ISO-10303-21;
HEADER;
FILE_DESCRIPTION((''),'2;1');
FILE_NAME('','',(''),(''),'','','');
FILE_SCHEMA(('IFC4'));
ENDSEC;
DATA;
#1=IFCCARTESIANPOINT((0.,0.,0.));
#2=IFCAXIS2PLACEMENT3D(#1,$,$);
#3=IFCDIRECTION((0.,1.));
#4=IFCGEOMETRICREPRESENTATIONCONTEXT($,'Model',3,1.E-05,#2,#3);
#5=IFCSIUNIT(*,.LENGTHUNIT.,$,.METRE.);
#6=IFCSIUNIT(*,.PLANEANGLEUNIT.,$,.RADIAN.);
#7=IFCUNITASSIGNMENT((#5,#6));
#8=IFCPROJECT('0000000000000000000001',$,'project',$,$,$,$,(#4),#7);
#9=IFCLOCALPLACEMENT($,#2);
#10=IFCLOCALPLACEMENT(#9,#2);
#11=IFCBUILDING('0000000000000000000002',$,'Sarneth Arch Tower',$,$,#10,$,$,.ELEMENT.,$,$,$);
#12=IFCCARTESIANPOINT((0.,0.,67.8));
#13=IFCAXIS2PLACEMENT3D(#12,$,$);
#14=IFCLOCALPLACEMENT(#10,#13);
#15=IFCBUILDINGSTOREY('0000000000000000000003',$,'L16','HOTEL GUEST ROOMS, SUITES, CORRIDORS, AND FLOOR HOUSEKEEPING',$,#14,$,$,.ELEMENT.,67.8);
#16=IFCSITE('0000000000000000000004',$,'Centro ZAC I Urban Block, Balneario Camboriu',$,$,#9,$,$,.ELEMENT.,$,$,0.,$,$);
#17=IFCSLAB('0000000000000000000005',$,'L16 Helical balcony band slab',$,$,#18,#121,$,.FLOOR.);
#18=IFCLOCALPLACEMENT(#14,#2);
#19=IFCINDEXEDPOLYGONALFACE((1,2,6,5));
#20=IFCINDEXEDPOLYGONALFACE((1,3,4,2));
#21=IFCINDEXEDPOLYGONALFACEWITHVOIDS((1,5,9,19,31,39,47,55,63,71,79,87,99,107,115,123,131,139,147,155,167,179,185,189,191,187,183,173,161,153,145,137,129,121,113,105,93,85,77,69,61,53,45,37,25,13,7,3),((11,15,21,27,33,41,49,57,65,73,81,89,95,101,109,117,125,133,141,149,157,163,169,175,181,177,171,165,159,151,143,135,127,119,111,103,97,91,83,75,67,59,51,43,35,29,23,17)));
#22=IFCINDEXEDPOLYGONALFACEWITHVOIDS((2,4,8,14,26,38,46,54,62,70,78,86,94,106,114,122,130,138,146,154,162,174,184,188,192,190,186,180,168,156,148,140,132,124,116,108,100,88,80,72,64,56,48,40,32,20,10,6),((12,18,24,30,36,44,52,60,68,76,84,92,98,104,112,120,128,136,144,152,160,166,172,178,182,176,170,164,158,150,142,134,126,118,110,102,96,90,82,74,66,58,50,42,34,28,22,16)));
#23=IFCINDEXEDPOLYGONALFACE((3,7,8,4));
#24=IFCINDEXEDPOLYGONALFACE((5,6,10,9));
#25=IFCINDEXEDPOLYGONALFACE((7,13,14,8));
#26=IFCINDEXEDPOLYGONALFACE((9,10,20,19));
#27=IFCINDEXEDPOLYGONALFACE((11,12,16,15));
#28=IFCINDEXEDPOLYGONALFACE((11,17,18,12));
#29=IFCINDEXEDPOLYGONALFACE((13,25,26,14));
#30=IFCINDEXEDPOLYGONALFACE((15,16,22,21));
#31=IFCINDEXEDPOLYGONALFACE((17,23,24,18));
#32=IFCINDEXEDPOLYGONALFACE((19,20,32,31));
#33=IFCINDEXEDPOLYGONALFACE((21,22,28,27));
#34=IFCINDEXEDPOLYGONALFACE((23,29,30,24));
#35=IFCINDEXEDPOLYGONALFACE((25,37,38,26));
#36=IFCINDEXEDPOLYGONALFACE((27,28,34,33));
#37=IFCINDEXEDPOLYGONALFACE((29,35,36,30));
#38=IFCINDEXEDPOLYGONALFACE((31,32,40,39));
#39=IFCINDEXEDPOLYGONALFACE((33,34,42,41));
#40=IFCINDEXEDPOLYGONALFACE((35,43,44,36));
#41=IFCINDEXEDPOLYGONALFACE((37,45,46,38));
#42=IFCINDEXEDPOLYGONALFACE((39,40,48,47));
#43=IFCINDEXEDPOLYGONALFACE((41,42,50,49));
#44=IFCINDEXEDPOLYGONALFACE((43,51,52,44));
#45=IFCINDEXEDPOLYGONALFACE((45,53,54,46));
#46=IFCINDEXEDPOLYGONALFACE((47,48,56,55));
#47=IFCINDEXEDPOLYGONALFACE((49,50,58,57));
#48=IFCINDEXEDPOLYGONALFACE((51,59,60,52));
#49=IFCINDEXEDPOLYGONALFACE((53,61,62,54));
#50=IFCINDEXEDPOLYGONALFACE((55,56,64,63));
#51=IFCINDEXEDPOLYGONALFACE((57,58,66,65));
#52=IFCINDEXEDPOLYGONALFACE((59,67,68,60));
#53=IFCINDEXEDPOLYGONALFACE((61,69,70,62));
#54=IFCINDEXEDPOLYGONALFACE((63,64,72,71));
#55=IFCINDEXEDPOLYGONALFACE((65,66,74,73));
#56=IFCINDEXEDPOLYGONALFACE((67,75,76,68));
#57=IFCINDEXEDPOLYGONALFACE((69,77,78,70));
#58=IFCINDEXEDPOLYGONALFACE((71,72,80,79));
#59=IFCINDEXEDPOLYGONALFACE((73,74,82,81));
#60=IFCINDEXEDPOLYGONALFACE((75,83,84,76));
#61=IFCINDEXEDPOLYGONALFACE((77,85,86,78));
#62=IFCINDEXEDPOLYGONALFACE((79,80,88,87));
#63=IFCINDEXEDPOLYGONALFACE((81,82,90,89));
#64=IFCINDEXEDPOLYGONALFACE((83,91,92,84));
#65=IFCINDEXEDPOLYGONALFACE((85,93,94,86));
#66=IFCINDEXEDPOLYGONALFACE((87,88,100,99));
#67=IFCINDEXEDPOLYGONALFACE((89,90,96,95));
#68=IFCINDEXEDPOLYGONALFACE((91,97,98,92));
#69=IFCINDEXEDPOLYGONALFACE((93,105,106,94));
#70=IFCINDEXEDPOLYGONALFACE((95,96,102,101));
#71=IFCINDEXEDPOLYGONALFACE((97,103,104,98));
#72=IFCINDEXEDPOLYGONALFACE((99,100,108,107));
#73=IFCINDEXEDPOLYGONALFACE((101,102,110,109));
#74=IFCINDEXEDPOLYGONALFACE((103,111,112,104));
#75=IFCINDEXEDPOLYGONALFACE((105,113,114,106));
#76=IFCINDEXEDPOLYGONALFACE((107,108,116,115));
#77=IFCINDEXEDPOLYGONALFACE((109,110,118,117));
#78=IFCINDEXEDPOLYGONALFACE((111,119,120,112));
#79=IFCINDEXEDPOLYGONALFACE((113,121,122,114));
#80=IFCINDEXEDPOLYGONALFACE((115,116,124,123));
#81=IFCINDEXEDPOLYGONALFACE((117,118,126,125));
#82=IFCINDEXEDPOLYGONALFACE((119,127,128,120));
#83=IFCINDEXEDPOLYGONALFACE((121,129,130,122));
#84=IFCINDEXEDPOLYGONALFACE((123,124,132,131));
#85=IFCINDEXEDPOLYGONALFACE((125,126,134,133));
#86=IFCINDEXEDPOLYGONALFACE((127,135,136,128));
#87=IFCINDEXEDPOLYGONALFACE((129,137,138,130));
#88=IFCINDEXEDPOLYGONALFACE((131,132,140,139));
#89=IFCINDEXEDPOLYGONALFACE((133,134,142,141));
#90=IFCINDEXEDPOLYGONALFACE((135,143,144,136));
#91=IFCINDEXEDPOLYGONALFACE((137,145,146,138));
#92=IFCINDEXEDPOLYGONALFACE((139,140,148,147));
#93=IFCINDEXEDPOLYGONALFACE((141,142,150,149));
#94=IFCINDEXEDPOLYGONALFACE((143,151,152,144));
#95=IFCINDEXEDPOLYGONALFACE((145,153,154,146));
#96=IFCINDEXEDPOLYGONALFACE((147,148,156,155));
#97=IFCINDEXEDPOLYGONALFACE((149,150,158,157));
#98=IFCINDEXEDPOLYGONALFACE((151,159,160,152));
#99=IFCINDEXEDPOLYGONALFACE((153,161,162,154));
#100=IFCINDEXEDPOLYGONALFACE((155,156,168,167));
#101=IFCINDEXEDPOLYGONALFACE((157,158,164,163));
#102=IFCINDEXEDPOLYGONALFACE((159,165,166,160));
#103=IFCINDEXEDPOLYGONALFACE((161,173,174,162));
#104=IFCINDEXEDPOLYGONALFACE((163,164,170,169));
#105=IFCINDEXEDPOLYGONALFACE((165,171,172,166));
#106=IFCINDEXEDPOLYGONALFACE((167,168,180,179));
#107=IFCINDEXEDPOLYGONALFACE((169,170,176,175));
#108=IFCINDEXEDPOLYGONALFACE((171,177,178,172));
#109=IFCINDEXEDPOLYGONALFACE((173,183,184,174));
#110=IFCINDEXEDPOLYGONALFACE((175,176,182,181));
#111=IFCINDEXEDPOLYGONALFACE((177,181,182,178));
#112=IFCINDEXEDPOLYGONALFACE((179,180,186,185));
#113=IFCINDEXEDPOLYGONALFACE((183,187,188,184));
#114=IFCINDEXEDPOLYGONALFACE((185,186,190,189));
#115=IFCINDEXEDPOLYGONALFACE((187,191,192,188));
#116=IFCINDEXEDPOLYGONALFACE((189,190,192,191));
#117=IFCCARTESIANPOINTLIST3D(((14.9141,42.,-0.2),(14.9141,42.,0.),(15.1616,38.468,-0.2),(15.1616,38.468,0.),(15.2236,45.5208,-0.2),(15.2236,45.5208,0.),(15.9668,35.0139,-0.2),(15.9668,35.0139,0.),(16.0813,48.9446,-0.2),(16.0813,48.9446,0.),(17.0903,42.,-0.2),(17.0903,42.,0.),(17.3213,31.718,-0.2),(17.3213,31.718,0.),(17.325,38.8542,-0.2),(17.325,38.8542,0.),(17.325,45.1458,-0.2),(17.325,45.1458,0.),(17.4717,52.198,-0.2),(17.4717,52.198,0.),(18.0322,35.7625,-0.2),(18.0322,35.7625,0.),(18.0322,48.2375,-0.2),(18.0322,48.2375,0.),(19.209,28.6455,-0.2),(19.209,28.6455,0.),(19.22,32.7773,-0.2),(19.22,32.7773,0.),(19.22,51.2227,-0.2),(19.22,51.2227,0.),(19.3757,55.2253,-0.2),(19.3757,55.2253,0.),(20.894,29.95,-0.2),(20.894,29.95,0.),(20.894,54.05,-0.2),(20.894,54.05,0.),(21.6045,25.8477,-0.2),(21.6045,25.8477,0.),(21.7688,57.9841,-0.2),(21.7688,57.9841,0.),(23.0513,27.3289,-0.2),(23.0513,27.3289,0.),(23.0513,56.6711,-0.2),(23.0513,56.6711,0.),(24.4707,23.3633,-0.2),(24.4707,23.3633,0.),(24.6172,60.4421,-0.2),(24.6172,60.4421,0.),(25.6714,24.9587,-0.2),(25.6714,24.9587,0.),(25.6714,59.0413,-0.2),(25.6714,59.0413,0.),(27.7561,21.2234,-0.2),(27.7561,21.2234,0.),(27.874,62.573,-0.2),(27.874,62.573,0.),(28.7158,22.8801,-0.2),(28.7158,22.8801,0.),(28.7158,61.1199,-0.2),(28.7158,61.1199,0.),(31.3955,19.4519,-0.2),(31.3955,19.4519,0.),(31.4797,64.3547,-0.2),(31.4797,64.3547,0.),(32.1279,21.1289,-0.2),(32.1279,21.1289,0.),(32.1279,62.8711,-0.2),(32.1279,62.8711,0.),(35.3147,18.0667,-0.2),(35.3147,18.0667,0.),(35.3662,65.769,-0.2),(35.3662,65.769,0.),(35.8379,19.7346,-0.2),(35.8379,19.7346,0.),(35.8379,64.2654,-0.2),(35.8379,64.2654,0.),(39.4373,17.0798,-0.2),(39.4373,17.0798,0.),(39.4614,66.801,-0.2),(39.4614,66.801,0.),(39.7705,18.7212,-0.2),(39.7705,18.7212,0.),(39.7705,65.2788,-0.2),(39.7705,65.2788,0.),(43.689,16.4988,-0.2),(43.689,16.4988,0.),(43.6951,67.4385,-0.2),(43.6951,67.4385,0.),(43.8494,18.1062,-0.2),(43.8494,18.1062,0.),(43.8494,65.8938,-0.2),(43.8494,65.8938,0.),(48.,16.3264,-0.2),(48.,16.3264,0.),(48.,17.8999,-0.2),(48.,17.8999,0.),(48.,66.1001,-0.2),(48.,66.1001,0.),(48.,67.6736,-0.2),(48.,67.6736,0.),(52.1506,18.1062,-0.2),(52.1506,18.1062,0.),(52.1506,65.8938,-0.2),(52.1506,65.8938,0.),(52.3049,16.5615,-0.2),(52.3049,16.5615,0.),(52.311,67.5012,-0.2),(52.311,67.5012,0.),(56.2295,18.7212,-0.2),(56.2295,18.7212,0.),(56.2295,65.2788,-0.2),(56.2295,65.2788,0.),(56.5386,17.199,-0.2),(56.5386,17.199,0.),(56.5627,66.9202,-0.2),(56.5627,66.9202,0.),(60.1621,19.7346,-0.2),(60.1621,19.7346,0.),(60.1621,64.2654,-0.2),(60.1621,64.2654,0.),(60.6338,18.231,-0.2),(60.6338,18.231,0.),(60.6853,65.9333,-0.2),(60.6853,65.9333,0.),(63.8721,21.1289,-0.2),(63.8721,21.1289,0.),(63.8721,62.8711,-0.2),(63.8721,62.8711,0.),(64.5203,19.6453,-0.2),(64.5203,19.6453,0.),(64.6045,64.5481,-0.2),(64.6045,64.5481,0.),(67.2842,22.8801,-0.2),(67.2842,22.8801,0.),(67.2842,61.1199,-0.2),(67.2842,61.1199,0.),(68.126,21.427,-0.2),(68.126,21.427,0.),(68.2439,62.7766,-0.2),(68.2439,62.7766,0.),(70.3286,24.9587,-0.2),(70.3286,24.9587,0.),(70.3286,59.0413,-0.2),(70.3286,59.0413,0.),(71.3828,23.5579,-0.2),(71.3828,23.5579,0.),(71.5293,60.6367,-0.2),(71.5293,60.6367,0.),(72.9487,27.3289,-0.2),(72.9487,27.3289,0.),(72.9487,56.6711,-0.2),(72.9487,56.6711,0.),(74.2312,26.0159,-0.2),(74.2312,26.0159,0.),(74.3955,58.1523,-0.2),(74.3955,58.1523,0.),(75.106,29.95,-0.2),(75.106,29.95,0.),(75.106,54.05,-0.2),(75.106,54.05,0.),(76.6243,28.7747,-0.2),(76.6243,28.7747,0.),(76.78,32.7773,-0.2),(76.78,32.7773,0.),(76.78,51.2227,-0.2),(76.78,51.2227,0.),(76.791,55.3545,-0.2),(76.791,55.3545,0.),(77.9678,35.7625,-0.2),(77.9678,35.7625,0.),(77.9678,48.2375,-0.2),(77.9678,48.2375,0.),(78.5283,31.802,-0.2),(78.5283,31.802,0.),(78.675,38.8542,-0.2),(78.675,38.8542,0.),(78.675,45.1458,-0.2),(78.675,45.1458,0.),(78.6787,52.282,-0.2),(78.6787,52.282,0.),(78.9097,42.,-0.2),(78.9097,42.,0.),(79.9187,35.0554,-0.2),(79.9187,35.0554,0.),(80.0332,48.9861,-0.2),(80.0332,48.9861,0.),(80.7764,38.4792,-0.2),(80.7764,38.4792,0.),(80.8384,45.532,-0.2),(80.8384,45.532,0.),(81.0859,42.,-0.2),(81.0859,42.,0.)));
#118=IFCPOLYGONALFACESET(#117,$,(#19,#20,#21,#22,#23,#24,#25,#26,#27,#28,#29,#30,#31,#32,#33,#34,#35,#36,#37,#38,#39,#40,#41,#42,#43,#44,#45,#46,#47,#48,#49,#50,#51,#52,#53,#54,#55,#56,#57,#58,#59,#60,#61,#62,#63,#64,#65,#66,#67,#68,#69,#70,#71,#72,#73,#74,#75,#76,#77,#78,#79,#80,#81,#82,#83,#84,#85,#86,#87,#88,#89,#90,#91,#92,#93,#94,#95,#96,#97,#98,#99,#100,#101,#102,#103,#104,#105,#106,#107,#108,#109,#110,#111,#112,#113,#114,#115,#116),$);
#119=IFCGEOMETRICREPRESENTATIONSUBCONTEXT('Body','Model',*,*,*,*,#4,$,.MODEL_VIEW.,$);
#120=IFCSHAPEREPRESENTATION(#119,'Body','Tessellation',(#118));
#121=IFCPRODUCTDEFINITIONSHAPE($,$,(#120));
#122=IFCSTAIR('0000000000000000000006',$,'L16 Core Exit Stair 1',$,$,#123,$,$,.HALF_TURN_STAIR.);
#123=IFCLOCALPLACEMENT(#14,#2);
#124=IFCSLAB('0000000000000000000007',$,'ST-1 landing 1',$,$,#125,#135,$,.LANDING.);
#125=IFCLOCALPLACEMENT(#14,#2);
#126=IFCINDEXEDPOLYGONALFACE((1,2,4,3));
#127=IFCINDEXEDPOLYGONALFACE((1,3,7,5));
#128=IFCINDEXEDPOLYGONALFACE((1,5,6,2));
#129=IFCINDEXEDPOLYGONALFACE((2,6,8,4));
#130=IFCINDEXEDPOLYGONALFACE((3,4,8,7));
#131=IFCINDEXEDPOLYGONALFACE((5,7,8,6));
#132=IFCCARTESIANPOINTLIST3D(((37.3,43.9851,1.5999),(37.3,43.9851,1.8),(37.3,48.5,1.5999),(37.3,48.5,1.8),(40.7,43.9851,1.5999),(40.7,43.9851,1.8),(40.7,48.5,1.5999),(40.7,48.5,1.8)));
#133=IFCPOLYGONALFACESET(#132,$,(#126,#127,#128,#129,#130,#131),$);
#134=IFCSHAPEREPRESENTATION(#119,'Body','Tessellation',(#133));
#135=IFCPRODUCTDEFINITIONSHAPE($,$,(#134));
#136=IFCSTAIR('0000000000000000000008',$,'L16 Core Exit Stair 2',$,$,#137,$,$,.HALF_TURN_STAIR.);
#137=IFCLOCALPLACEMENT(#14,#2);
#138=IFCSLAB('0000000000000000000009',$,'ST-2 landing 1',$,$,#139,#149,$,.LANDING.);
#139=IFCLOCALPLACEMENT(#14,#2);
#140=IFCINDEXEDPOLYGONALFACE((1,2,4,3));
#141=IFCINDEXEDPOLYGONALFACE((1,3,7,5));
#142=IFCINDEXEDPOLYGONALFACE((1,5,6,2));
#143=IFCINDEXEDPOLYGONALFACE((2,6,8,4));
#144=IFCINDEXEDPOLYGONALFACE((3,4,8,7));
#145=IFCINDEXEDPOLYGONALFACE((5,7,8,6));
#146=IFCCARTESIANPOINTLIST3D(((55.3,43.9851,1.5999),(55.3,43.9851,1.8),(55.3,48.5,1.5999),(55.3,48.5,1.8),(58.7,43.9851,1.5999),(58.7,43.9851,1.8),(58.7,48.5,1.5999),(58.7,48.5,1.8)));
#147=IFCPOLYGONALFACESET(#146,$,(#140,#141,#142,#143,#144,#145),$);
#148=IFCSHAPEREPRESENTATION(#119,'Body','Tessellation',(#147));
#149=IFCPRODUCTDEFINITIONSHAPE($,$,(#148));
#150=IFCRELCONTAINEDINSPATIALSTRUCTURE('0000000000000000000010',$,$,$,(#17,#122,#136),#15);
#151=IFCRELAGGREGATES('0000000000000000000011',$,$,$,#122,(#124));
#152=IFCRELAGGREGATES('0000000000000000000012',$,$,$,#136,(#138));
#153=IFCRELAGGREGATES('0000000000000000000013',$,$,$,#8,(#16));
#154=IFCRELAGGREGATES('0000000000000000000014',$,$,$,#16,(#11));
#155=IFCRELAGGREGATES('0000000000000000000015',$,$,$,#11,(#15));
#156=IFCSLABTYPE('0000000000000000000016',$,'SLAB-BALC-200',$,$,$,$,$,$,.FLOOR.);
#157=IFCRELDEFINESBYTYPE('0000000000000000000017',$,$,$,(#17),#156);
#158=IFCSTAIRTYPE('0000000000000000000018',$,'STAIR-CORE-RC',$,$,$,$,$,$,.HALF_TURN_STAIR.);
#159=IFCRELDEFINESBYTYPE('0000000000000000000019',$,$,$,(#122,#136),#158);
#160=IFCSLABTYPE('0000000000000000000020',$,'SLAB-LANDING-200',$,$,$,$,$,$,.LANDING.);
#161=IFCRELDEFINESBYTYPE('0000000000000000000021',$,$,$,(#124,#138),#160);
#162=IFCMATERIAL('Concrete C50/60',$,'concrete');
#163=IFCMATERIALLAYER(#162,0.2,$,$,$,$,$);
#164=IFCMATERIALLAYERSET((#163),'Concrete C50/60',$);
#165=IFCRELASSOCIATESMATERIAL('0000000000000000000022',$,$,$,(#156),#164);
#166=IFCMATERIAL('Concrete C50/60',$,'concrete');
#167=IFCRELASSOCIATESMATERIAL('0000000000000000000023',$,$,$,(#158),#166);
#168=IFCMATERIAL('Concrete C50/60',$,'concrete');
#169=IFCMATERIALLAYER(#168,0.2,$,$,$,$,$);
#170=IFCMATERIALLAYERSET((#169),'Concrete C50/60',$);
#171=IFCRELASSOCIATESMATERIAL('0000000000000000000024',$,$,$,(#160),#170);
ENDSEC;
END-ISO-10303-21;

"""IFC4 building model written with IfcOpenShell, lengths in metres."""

from ifc_helpers import new_model, si_unit, direction, frame, origin, place, context, subcontext, project, spatial, polyline, outline, extrude, material, layer, layer_set, type_object, element, aggregate, save


model = new_model("IFC4")

# Units and contexts
model_context = context("Model", 3, precision=1e-05, world=origin(), true_north=direction((0.0, 1.0)))
body_context = subcontext(model_context, "Body", "Model", "MODEL_VIEW")
ifc_project = project(units=[si_unit("LENGTHUNIT", "METRE"), si_unit("PLANEANGLEUNIT", "RADIAN")], contexts=[model_context])

# Site, building, storey
site_placement = place(None, origin())
site = spatial("IfcSite", under=ifc_project, at=site_placement, Name="Centro ZAC I Urban Block, Balneario Camboriu", CompositionType="ELEMENT", RefElevation=0.0)
building_placement = place(site_placement, origin())
building = spatial("IfcBuilding", under=site, at=building_placement, Name="Sarneth Arch Tower", CompositionType="ELEMENT")
storey_placement = place(building_placement, frame((0.0, 0.0, 67.8)))
storey = spatial("IfcBuildingStorey", under=building, at=storey_placement, Name="L16", Description="HOTEL GUEST ROOMS, SUITES, CORRIDORS, AND FLOOR HOUSEKEEPING", CompositionType="ELEMENT", Elevation=67.8)

# Slab
ifc_material_1 = material(Name="Concrete C50/60", Category="concrete")
ifc_layer_1 = layer(ifc_material_1, 0.2)
ifc_layer_set_1 = layer_set([ifc_layer_1], Name="Concrete C50/60")
slab_type_1 = type_object("IfcSlabType", Name="SLAB-BALC-200", PredefinedType="FLOOR", material=ifc_layer_set_1)
slab_1_placement = place(storey_placement, frame((0.0, 0.0, -0.2)))
element("IfcSlab", 1, at=slab_1_placement, inside=storey, type_object=slab_type_1, Name="L16 Helical balcony band slab", PredefinedType="FLOOR", context=body_context, shape_type="SweptSolid", body=[
    extrude(outline(polyline([(81.0859, 42.0), (80.8384, 45.532), (80.0332, 48.9861), (78.6787, 52.282), (76.791, 55.3545), (74.3955, 58.1523), (71.5293, 60.6367), (68.2439, 62.7766), (64.6045, 64.5481), (60.6853, 65.9333), (56.5627, 66.9202), (52.311, 67.5012), (48.0, 67.6736), (43.6951, 67.4385), (39.4614, 66.801), (35.3662, 65.769), (31.4797, 64.3547), (27.874, 62.573), (24.6172, 60.4421), (21.7688, 57.9841), (19.3757, 55.2253), (17.4717, 52.198), (16.0813, 48.9446), (15.2236, 45.5208), (14.9141, 42.0), (15.1616, 38.468), (15.9668, 35.0139), (17.3213, 31.718), (19.209, 28.6455), (21.6045, 25.8477), (24.4707, 23.3633), (27.7561, 21.2234), (31.3955, 19.4519), (35.3147, 18.0667), (39.4373, 17.0798), (43.689, 16.4988), (48.0, 16.3264), (52.3049, 16.5615), (56.5386, 17.199), (60.6338, 18.231), (64.5203, 19.6453), (68.126, 21.427), (71.3828, 23.5579), (74.2312, 26.0159), (76.6243, 28.7747), (78.5283, 31.802), (79.9187, 35.0554), (80.7764, 38.4792), (81.0859, 42.0)]), holes=[polyline([(78.9097, 42.0), (78.675, 45.1458), (77.9678, 48.2375), (76.78, 51.2227), (75.106, 54.05), (72.9487, 56.6711), (70.3286, 59.0413), (67.2842, 61.1199), (63.8721, 62.8711), (60.1621, 64.2654), (56.2295, 65.2788), (52.1506, 65.8938), (48.0, 66.1001), (43.8494, 65.8938), (39.7705, 65.2788), (35.8379, 64.2654), (32.1279, 62.8711), (28.7158, 61.1199), (25.6714, 59.0413), (23.0513, 56.6711), (20.894, 54.05), (19.22, 51.2227), (18.0322, 48.2375), (17.325, 45.1458), (17.0903, 42.0), (17.325, 38.8542), (18.0322, 35.7625), (19.22, 32.7773), (20.894, 29.95), (23.0513, 27.3289), (25.6714, 24.9587), (28.7158, 22.8801), (32.1279, 21.1289), (35.8379, 19.7346), (39.7705, 18.7212), (43.8494, 18.1062), (48.0, 17.8999), (52.1506, 18.1062), (56.2295, 18.7212), (60.1621, 19.7346), (63.8721, 21.1289), (67.2842, 22.8801), (70.3286, 24.9587), (72.9487, 27.3289), (75.106, 29.95), (76.78, 32.7773), (77.9678, 35.7625), (78.675, 38.8542), (78.9097, 42.0)])]), origin(), (0.0, 0.0, 1.0), 0.2),
])

# Stairs, slabs
ifc_material_2 = material(Name="Concrete C50/60", Category="concrete")
stair_type = type_object("IfcStairType", Name="STAIR-CORE-RC", PredefinedType="HALF_TURN_STAIR", material=ifc_material_2)
stair_1_placement = place(storey_placement, origin())
stair_1 = element("IfcStair", 2, at=stair_1_placement, inside=storey, type_object=stair_type, Name="L16 Core Exit Stair 1", PredefinedType="HALF_TURN_STAIR")
ifc_material_3 = material(Name="Concrete C50/60", Category="concrete")
ifc_layer_2 = layer(ifc_material_3, 0.2)
ifc_layer_set_2 = layer_set([ifc_layer_2], Name="Concrete C50/60")
slab_type_2 = type_object("IfcSlabType", Name="SLAB-LANDING-200", PredefinedType="LANDING", material=ifc_layer_set_2)
slab_2_placement = place(storey_placement, frame((0.0, 0.0, 1.5999)))
slab_2 = element("IfcSlab", 3, at=slab_2_placement, type_object=slab_type_2, Name="ST-1 landing 1", PredefinedType="LANDING", context=body_context, shape_type="SweptSolid", body=[
    extrude(outline(polyline([(37.3, 43.9851), (40.7, 43.9851), (40.7, 48.5), (37.3, 48.5), (37.3, 43.9851)])), origin(), (0.0, 0.0, 1.0), 0.2002),
])
aggregate(stair_1, [slab_2])
stair_2_placement = place(storey_placement, origin())
stair_2 = element("IfcStair", 4, at=stair_2_placement, inside=storey, type_object=stair_type, Name="L16 Core Exit Stair 2", PredefinedType="HALF_TURN_STAIR")
slab_3_placement = place(storey_placement, frame((0.0, 0.0, 1.5999)))
slab_3 = element("IfcSlab", 5, at=slab_3_placement, type_object=slab_type_2, Name="ST-2 landing 1", PredefinedType="LANDING", context=body_context, shape_type="SweptSolid", body=[
    extrude(outline(polyline([(55.3, 43.9851), (58.7, 43.9851), (58.7, 48.5), (55.3, 48.5), (55.3, 43.9851)])), origin(), (0.0, 0.0, 1.0), 0.2002),
])
aggregate(stair_2, [slab_3])

save(model, "model.ifc")
